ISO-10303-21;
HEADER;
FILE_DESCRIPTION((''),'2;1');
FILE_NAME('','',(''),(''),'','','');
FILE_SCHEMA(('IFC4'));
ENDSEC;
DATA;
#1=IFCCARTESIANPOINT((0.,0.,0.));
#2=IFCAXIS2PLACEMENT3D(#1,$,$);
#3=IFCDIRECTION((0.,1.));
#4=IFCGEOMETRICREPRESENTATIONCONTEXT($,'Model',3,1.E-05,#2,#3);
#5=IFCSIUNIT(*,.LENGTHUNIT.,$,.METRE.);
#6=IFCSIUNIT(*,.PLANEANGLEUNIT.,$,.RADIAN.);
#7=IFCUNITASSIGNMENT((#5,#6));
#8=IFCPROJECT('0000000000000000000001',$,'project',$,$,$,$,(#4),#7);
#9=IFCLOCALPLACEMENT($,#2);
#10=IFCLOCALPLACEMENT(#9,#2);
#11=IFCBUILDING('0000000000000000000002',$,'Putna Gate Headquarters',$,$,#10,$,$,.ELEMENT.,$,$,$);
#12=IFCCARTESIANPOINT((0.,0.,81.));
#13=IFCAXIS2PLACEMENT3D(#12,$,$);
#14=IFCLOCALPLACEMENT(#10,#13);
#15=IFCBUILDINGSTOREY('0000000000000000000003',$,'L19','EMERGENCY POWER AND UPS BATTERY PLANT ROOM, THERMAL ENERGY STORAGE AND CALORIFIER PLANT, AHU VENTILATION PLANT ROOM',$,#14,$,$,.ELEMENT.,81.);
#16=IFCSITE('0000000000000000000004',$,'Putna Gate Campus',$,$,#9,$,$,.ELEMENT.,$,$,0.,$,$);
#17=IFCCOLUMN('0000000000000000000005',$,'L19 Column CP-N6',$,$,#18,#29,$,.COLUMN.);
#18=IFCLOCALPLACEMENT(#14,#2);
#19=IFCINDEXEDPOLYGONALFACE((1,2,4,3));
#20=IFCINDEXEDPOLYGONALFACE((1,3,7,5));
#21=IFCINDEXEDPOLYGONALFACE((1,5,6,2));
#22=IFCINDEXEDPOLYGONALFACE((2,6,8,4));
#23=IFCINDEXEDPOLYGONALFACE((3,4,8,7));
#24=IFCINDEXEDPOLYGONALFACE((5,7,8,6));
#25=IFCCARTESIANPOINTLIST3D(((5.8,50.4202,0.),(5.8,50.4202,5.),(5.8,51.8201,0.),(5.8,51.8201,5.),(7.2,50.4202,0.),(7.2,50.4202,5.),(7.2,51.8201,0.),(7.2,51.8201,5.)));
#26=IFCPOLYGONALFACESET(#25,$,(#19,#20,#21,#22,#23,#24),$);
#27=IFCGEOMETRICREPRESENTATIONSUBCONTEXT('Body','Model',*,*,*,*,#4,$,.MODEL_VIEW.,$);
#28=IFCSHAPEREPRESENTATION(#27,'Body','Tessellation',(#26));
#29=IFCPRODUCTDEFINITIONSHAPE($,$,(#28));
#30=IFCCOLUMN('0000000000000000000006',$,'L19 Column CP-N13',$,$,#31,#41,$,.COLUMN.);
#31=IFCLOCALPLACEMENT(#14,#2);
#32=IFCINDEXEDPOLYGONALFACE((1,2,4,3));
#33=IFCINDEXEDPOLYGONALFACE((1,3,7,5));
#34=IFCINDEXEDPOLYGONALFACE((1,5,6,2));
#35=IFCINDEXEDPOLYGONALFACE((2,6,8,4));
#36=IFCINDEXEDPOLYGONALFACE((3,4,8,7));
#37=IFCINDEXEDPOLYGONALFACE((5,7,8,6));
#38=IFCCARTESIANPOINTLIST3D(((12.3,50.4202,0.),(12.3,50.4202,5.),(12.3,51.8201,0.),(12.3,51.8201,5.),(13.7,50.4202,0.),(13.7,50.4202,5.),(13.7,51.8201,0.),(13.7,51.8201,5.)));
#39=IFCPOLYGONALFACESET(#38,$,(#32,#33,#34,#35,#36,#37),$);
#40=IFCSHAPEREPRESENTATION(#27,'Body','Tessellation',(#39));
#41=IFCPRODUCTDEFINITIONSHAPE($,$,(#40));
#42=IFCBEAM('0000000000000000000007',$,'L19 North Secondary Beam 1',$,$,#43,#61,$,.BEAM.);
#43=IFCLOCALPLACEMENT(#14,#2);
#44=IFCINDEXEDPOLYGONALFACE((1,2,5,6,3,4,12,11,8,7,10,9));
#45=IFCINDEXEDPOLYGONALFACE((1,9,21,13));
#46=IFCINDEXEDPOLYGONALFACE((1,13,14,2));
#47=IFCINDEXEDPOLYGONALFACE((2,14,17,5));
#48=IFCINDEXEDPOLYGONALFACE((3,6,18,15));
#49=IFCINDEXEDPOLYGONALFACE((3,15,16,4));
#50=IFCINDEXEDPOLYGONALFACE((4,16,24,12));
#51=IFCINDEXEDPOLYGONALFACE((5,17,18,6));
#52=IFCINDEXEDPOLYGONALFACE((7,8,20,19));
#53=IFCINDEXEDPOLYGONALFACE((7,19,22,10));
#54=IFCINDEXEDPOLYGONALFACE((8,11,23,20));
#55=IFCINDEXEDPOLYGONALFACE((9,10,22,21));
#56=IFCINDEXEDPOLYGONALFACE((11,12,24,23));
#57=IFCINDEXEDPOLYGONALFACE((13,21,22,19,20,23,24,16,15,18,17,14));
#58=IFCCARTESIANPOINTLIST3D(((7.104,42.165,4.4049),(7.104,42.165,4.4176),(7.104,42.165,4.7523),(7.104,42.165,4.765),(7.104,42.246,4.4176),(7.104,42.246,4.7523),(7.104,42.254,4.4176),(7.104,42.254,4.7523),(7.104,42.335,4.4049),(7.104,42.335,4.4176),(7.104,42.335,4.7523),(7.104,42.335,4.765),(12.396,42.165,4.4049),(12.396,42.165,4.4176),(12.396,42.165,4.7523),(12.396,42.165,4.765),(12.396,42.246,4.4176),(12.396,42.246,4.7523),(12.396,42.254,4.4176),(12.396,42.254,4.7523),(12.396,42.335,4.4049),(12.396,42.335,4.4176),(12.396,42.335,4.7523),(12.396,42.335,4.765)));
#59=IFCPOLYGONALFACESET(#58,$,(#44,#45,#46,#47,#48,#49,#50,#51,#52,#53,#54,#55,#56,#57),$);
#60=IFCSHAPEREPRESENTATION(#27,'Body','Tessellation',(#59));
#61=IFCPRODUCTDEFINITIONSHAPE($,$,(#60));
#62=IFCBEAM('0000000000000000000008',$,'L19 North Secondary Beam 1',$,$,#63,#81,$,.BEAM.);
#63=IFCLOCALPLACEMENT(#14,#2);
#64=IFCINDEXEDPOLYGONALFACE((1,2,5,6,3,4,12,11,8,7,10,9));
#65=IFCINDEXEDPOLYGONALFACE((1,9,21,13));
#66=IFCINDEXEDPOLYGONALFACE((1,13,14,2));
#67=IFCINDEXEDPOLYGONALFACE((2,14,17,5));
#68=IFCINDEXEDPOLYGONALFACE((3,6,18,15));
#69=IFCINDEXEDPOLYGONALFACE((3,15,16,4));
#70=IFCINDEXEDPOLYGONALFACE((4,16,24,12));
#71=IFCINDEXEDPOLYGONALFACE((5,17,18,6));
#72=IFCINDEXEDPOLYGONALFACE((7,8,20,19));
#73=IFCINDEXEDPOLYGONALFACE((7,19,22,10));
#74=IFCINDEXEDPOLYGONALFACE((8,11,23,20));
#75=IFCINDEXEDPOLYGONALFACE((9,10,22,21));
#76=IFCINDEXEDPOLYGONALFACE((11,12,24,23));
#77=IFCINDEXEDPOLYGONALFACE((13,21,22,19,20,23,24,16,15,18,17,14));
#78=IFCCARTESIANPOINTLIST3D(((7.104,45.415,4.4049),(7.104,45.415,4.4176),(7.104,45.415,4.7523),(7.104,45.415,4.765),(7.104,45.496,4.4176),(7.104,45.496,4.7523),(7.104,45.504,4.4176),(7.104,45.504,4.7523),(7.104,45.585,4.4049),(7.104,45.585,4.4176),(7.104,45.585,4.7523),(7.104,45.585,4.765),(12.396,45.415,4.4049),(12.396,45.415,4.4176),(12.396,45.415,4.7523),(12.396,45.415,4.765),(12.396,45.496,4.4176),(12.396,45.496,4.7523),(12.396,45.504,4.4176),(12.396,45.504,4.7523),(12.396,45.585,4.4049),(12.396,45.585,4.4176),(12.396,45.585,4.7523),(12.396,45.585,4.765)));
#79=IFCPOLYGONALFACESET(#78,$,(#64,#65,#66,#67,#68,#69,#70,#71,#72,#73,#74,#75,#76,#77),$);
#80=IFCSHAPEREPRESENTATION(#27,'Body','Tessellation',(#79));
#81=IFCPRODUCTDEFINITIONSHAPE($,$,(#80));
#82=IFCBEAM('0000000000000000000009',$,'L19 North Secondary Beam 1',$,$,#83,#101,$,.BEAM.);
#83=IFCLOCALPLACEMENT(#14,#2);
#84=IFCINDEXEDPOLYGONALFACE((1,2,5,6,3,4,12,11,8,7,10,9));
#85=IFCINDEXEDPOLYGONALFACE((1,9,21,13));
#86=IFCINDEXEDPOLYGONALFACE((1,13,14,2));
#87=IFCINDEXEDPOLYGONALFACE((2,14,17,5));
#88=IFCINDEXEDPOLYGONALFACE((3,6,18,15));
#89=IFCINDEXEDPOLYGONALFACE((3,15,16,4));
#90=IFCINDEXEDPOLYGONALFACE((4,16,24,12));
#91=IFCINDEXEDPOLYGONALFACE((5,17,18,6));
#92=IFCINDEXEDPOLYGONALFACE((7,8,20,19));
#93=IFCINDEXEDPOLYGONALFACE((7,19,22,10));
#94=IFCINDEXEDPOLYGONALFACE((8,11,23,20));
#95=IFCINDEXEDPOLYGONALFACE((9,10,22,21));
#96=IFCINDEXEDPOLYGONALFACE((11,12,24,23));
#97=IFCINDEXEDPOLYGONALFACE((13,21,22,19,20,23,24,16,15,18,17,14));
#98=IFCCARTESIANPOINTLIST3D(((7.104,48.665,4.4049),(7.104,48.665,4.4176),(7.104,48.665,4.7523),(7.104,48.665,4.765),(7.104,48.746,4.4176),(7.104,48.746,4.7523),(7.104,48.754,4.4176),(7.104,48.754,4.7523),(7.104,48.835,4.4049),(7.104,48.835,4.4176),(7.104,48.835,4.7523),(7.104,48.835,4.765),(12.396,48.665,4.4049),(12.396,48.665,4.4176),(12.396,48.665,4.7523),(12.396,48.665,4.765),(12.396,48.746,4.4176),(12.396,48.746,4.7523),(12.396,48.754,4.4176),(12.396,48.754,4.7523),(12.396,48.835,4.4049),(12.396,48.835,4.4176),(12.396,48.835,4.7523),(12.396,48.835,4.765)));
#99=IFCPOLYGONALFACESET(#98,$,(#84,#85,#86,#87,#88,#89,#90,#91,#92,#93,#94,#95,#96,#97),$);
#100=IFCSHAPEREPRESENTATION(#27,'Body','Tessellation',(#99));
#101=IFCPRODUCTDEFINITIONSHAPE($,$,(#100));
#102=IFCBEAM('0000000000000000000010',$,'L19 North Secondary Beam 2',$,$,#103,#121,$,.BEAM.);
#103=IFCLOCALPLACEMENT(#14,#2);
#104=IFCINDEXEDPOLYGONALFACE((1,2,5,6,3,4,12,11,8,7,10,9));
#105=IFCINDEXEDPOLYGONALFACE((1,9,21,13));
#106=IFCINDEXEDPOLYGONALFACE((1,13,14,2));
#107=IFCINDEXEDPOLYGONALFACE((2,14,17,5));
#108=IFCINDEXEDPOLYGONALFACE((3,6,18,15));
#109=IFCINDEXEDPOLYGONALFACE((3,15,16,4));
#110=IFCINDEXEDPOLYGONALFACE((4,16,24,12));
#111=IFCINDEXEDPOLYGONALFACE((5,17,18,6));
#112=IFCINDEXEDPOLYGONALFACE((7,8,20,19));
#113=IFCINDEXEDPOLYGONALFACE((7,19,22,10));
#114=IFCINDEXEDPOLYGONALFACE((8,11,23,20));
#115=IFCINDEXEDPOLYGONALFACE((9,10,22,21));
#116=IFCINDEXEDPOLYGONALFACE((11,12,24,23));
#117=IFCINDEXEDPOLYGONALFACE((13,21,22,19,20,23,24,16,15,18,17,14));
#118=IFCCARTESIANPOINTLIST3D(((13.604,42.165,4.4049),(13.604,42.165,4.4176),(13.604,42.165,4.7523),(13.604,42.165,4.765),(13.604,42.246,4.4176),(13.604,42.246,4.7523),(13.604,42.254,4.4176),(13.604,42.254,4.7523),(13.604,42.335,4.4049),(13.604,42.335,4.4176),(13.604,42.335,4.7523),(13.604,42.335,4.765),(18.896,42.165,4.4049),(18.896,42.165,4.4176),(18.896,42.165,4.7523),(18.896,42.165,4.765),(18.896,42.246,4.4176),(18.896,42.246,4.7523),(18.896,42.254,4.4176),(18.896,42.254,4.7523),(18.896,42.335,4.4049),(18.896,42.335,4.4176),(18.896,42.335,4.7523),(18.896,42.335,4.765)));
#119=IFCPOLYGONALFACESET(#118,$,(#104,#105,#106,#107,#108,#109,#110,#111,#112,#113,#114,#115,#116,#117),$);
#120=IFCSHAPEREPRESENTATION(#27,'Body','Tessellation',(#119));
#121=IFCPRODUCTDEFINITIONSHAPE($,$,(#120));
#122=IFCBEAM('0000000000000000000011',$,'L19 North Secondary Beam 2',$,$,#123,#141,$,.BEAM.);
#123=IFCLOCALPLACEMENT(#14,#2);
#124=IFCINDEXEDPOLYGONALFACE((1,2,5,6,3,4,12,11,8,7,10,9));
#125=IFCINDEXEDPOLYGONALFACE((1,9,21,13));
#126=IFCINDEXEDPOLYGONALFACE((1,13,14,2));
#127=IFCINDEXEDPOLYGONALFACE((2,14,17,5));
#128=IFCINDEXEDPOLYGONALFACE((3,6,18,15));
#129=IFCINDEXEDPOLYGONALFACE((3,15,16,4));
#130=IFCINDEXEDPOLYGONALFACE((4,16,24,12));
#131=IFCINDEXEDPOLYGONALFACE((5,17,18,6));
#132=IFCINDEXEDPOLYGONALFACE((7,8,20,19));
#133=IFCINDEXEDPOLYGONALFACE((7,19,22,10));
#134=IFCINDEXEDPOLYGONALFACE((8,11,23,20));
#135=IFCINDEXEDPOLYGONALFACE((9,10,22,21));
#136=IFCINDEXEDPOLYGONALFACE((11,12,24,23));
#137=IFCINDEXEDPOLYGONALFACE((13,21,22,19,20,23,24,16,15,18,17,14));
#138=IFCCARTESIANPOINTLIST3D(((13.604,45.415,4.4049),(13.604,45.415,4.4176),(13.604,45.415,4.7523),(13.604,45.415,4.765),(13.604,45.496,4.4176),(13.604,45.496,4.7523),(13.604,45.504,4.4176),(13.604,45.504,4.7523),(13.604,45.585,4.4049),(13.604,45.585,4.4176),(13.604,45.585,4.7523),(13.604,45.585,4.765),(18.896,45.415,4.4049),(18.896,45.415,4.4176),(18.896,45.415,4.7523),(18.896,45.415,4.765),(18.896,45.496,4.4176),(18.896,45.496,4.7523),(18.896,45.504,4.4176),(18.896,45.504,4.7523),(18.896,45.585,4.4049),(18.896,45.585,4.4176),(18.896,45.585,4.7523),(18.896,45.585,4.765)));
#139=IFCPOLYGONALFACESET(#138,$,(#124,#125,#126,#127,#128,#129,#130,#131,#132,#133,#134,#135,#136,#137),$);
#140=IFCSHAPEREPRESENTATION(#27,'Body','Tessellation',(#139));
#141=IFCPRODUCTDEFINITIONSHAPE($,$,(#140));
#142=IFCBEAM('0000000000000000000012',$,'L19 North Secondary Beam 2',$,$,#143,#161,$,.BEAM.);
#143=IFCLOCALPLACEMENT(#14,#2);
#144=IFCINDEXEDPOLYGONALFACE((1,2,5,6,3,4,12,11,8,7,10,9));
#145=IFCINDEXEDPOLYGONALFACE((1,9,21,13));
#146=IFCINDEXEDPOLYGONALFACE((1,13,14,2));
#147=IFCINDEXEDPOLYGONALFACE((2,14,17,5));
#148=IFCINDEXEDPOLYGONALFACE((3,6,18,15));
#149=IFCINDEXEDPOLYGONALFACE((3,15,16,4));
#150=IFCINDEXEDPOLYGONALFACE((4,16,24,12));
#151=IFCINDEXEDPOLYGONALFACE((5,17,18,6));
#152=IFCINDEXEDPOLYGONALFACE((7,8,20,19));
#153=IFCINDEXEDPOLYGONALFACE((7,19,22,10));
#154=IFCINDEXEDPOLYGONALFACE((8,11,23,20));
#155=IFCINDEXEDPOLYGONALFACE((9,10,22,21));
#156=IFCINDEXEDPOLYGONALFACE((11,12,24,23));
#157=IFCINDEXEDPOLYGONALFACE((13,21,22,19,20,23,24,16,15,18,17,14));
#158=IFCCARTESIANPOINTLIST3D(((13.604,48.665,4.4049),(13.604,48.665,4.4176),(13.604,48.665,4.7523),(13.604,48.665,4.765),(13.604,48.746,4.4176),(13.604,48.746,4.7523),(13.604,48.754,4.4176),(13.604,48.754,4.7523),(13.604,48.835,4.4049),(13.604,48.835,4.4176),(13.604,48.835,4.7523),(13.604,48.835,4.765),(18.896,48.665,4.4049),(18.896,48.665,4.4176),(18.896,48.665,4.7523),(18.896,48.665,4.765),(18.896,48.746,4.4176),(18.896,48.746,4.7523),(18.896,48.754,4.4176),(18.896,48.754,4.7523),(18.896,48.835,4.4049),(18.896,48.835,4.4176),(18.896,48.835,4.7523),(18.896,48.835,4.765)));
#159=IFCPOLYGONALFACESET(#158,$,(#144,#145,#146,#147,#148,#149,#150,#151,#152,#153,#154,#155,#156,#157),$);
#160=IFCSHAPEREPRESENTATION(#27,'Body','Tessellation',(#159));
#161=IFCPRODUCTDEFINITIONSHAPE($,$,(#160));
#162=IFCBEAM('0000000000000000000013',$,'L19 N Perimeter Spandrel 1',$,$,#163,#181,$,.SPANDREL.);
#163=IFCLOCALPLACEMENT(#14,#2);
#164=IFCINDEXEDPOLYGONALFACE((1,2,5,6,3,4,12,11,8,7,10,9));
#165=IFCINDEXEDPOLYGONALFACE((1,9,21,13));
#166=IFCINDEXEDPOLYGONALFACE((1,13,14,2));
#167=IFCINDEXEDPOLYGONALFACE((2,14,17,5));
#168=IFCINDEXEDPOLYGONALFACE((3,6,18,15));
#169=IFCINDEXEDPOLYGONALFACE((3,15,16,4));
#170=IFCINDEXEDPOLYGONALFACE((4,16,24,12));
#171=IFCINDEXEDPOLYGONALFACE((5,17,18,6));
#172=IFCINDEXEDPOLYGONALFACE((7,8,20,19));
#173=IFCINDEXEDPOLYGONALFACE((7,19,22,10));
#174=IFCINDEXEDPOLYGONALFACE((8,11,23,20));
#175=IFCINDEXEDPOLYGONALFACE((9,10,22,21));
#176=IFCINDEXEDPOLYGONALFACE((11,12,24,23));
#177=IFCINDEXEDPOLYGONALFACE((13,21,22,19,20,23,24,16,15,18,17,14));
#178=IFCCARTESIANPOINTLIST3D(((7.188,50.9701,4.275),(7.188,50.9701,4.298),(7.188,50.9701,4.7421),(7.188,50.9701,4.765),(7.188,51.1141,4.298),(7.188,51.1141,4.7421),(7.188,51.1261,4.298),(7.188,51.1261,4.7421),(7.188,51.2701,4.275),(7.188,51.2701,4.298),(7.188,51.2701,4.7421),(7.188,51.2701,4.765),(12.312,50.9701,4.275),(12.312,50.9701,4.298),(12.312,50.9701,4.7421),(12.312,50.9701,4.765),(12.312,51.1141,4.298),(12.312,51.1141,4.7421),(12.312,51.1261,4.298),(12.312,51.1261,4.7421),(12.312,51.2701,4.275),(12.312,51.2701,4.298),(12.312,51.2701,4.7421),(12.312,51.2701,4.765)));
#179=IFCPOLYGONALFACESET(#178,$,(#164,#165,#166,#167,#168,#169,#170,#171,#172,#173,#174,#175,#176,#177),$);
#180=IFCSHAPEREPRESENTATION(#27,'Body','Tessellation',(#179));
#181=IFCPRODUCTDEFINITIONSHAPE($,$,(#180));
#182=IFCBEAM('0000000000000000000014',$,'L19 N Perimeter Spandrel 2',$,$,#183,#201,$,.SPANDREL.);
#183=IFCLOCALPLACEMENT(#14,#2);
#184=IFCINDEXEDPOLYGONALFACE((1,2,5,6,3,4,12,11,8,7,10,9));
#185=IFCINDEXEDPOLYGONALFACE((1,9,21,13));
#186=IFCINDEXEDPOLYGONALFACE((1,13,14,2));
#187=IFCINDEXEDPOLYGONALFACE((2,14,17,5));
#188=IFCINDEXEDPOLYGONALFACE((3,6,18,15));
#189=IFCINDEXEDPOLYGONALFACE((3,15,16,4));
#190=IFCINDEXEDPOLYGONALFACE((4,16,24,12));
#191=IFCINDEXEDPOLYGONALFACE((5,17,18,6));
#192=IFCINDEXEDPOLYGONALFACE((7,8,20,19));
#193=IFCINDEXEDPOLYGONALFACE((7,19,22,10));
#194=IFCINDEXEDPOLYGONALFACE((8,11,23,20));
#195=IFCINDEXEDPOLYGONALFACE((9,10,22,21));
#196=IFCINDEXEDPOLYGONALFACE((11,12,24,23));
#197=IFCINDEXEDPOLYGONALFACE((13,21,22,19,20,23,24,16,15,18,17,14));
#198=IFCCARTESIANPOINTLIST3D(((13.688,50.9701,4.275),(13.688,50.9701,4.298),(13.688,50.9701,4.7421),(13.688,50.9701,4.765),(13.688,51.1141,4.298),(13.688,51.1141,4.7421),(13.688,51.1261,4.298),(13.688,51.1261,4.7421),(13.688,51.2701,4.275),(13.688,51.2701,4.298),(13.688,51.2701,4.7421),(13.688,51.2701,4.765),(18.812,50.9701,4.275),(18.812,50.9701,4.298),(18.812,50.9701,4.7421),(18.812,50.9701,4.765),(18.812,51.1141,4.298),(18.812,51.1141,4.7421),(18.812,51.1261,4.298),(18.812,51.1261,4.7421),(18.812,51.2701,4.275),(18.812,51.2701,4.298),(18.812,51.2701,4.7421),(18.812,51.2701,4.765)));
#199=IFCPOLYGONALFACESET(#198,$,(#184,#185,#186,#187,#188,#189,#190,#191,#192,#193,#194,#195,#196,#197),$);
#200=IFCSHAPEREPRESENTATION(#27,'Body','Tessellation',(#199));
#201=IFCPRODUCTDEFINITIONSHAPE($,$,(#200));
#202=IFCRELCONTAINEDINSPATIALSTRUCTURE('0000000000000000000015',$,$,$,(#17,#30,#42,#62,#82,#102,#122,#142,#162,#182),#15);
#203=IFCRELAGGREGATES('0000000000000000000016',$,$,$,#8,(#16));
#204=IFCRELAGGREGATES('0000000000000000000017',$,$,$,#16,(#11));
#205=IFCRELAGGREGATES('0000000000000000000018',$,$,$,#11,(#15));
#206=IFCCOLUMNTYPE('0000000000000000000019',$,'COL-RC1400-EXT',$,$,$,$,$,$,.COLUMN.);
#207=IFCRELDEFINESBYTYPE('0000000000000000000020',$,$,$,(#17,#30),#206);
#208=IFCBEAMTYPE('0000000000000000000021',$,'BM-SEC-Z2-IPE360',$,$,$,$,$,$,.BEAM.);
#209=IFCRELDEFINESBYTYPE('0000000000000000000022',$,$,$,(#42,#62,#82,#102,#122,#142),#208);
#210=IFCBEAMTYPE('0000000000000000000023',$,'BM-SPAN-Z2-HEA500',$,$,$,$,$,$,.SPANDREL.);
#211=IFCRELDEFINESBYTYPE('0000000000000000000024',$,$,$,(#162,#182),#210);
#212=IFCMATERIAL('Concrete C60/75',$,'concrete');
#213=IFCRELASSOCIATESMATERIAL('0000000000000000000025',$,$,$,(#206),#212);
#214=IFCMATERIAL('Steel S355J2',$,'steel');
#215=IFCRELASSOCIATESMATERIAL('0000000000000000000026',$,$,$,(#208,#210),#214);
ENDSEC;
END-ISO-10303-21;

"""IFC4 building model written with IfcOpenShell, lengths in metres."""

from ifc_helpers import new_model, si_unit, direction, frame, origin, origin_2d, place, context, subcontext, project, spatial, rectangle, i_section, extrude, material, material_profile, profile_set, type_object, element, save


model = new_model("IFC4")

# Units and contexts
model_context = context("Model", 3, precision=1e-05, world=origin(), true_north=direction((0.0, 1.0)))
body_context = subcontext(model_context, "Body", "Model", "MODEL_VIEW")
ifc_project = project(units=[si_unit("LENGTHUNIT", "METRE"), si_unit("PLANEANGLEUNIT", "RADIAN")], contexts=[model_context])

# Site, building, storey
site_placement = place(None, origin())
site = spatial("IfcSite", under=ifc_project, at=site_placement, Name="Putna Gate Campus", CompositionType="ELEMENT", RefElevation=0.0)
building_placement = place(site_placement, origin())
building = spatial("IfcBuilding", under=site, at=building_placement, Name="Putna Gate Headquarters", CompositionType="ELEMENT")
storey_placement = place(building_placement, frame((0.0, 0.0, 81.0)))
storey = spatial("IfcBuildingStorey", under=building, at=storey_placement, Name="L19", Description="EMERGENCY POWER AND UPS BATTERY PLANT ROOM, THERMAL ENERGY STORAGE AND CALORIFIER PLANT, AHU VENTILATION PLANT ROOM", CompositionType="ELEMENT", Elevation=81.0)

# Columns
ifc_material_1 = material(Name="Concrete C60/75", Category="concrete")
ifc_material_profile_1 = material_profile(ifc_material_1, rectangle(XDim=1.3999, YDim=1.3999, at=origin_2d()), Name="Concrete C60/75")
ifc_profile_set_1 = profile_set([ifc_material_profile_1], Name="Concrete C60/75")
column_type = type_object("IfcColumnType", Name="COL-RC1400-EXT", PredefinedType="COLUMN", material=ifc_profile_set_1)
for number, where, z_axis, x_axis, name in (
    (1, (6.5, 51.1201, 0.0), (0.0, 0.0, 1.0), (1.0, 0.0, 0.0), "L19 Column CP-N6"),
    (2, (13.0, 51.1201, 0.0), (0.0, 0.0, 1.0), (1.0, 0.0, 0.0), "L19 Column CP-N13"),
):
    element("IfcColumn", number, at=place(storey_placement, frame(where, z_axis=z_axis, x_axis=x_axis)), inside=storey, type_object=column_type, Name=name, PredefinedType="COLUMN", context=body_context, shape_type="SweptSolid", body=[
        extrude(rectangle(XDim=1.3999, YDim=1.3999, at=origin_2d()), origin(), (0.0, 0.0, 1.0), 5.0),
    ])

# Beams
ifc_material_2 = material(Name="Steel S355J2", Category="steel")
ifc_material_profile_2 = material_profile(ifc_material_2, i_section(OverallWidth=0.1699, OverallDepth=0.3601, WebThickness=0.0081, FlangeThickness=0.0127, at=origin_2d()), Name="Steel S355J2")
ifc_profile_set_2 = profile_set([ifc_material_profile_2], Name="Steel S355J2")
beam_type_1 = type_object("IfcBeamType", Name="BM-SEC-Z2-IPE360", PredefinedType="BEAM", material=ifc_profile_set_2)
for number, where, z_axis, x_axis, name in (
    (3, (7.104, 42.25, 4.585), (1.0, 0.0, 0.0), (0.0, 1.0, 0.0), "L19 North Secondary Beam 1"),
    (4, (7.104, 45.5, 4.585), (1.0, 0.0, 0.0), (0.0, 1.0, 0.0), "L19 North Secondary Beam 1"),
    (5, (7.104, 48.75, 4.585), (1.0, 0.0, 0.0), (0.0, 1.0, 0.0), "L19 North Secondary Beam 1"),
    (6, (13.604, 42.25, 4.585), (1.0, 0.0, 0.0), (0.0, 1.0, 0.0), "L19 North Secondary Beam 2"),
    (7, (13.604, 45.5, 4.585), (1.0, 0.0, 0.0), (0.0, 1.0, 0.0), "L19 North Secondary Beam 2"),
    (8, (13.604, 48.75, 4.585), (1.0, 0.0, 0.0), (0.0, 1.0, 0.0), "L19 North Secondary Beam 2"),
):
    element("IfcBeam", number, at=place(storey_placement, frame(where, z_axis=z_axis, x_axis=x_axis)), inside=storey, type_object=beam_type_1, Name=name, PredefinedType="BEAM", context=body_context, shape_type="SweptSolid", body=[
        extrude(i_section(OverallWidth=0.1699, OverallDepth=0.3601, WebThickness=0.0081, FlangeThickness=0.0127, at=origin_2d()), origin(), (0.0, 0.0, 1.0), 5.292),
    ])
ifc_material_profile_3 = material_profile(ifc_material_2, i_section(OverallWidth=0.3, OverallDepth=0.49, WebThickness=0.012, FlangeThickness=0.0229, at=origin_2d()), Name="Steel S355J2")
ifc_profile_set_3 = profile_set([ifc_material_profile_3], Name="Steel S355J2")
beam_type_2 = type_object("IfcBeamType", Name="BM-SPAN-Z2-HEA500", PredefinedType="SPANDREL", material=ifc_profile_set_3)
for number, where, z_axis, x_axis, name in (
    (9, (7.188, 51.1201, 4.52), (1.0, 0.0, 0.0), (0.0, 1.0, 0.0), "L19 N Perimeter Spandrel 1"),
    (10, (13.688, 51.1201, 4.52), (1.0, 0.0, 0.0), (0.0, 1.0, 0.0), "L19 N Perimeter Spandrel 2"),
):
    element("IfcBeam", number, at=place(storey_placement, frame(where, z_axis=z_axis, x_axis=x_axis)), inside=storey, type_object=beam_type_2, Name=name, PredefinedType="SPANDREL", context=body_context, shape_type="SweptSolid", body=[
        extrude(i_section(OverallWidth=0.3, OverallDepth=0.49, WebThickness=0.012, FlangeThickness=0.0229, at=origin_2d()), origin(), (0.0, 0.0, 1.0), 5.124),
    ])

save(model, "model.ifc")
